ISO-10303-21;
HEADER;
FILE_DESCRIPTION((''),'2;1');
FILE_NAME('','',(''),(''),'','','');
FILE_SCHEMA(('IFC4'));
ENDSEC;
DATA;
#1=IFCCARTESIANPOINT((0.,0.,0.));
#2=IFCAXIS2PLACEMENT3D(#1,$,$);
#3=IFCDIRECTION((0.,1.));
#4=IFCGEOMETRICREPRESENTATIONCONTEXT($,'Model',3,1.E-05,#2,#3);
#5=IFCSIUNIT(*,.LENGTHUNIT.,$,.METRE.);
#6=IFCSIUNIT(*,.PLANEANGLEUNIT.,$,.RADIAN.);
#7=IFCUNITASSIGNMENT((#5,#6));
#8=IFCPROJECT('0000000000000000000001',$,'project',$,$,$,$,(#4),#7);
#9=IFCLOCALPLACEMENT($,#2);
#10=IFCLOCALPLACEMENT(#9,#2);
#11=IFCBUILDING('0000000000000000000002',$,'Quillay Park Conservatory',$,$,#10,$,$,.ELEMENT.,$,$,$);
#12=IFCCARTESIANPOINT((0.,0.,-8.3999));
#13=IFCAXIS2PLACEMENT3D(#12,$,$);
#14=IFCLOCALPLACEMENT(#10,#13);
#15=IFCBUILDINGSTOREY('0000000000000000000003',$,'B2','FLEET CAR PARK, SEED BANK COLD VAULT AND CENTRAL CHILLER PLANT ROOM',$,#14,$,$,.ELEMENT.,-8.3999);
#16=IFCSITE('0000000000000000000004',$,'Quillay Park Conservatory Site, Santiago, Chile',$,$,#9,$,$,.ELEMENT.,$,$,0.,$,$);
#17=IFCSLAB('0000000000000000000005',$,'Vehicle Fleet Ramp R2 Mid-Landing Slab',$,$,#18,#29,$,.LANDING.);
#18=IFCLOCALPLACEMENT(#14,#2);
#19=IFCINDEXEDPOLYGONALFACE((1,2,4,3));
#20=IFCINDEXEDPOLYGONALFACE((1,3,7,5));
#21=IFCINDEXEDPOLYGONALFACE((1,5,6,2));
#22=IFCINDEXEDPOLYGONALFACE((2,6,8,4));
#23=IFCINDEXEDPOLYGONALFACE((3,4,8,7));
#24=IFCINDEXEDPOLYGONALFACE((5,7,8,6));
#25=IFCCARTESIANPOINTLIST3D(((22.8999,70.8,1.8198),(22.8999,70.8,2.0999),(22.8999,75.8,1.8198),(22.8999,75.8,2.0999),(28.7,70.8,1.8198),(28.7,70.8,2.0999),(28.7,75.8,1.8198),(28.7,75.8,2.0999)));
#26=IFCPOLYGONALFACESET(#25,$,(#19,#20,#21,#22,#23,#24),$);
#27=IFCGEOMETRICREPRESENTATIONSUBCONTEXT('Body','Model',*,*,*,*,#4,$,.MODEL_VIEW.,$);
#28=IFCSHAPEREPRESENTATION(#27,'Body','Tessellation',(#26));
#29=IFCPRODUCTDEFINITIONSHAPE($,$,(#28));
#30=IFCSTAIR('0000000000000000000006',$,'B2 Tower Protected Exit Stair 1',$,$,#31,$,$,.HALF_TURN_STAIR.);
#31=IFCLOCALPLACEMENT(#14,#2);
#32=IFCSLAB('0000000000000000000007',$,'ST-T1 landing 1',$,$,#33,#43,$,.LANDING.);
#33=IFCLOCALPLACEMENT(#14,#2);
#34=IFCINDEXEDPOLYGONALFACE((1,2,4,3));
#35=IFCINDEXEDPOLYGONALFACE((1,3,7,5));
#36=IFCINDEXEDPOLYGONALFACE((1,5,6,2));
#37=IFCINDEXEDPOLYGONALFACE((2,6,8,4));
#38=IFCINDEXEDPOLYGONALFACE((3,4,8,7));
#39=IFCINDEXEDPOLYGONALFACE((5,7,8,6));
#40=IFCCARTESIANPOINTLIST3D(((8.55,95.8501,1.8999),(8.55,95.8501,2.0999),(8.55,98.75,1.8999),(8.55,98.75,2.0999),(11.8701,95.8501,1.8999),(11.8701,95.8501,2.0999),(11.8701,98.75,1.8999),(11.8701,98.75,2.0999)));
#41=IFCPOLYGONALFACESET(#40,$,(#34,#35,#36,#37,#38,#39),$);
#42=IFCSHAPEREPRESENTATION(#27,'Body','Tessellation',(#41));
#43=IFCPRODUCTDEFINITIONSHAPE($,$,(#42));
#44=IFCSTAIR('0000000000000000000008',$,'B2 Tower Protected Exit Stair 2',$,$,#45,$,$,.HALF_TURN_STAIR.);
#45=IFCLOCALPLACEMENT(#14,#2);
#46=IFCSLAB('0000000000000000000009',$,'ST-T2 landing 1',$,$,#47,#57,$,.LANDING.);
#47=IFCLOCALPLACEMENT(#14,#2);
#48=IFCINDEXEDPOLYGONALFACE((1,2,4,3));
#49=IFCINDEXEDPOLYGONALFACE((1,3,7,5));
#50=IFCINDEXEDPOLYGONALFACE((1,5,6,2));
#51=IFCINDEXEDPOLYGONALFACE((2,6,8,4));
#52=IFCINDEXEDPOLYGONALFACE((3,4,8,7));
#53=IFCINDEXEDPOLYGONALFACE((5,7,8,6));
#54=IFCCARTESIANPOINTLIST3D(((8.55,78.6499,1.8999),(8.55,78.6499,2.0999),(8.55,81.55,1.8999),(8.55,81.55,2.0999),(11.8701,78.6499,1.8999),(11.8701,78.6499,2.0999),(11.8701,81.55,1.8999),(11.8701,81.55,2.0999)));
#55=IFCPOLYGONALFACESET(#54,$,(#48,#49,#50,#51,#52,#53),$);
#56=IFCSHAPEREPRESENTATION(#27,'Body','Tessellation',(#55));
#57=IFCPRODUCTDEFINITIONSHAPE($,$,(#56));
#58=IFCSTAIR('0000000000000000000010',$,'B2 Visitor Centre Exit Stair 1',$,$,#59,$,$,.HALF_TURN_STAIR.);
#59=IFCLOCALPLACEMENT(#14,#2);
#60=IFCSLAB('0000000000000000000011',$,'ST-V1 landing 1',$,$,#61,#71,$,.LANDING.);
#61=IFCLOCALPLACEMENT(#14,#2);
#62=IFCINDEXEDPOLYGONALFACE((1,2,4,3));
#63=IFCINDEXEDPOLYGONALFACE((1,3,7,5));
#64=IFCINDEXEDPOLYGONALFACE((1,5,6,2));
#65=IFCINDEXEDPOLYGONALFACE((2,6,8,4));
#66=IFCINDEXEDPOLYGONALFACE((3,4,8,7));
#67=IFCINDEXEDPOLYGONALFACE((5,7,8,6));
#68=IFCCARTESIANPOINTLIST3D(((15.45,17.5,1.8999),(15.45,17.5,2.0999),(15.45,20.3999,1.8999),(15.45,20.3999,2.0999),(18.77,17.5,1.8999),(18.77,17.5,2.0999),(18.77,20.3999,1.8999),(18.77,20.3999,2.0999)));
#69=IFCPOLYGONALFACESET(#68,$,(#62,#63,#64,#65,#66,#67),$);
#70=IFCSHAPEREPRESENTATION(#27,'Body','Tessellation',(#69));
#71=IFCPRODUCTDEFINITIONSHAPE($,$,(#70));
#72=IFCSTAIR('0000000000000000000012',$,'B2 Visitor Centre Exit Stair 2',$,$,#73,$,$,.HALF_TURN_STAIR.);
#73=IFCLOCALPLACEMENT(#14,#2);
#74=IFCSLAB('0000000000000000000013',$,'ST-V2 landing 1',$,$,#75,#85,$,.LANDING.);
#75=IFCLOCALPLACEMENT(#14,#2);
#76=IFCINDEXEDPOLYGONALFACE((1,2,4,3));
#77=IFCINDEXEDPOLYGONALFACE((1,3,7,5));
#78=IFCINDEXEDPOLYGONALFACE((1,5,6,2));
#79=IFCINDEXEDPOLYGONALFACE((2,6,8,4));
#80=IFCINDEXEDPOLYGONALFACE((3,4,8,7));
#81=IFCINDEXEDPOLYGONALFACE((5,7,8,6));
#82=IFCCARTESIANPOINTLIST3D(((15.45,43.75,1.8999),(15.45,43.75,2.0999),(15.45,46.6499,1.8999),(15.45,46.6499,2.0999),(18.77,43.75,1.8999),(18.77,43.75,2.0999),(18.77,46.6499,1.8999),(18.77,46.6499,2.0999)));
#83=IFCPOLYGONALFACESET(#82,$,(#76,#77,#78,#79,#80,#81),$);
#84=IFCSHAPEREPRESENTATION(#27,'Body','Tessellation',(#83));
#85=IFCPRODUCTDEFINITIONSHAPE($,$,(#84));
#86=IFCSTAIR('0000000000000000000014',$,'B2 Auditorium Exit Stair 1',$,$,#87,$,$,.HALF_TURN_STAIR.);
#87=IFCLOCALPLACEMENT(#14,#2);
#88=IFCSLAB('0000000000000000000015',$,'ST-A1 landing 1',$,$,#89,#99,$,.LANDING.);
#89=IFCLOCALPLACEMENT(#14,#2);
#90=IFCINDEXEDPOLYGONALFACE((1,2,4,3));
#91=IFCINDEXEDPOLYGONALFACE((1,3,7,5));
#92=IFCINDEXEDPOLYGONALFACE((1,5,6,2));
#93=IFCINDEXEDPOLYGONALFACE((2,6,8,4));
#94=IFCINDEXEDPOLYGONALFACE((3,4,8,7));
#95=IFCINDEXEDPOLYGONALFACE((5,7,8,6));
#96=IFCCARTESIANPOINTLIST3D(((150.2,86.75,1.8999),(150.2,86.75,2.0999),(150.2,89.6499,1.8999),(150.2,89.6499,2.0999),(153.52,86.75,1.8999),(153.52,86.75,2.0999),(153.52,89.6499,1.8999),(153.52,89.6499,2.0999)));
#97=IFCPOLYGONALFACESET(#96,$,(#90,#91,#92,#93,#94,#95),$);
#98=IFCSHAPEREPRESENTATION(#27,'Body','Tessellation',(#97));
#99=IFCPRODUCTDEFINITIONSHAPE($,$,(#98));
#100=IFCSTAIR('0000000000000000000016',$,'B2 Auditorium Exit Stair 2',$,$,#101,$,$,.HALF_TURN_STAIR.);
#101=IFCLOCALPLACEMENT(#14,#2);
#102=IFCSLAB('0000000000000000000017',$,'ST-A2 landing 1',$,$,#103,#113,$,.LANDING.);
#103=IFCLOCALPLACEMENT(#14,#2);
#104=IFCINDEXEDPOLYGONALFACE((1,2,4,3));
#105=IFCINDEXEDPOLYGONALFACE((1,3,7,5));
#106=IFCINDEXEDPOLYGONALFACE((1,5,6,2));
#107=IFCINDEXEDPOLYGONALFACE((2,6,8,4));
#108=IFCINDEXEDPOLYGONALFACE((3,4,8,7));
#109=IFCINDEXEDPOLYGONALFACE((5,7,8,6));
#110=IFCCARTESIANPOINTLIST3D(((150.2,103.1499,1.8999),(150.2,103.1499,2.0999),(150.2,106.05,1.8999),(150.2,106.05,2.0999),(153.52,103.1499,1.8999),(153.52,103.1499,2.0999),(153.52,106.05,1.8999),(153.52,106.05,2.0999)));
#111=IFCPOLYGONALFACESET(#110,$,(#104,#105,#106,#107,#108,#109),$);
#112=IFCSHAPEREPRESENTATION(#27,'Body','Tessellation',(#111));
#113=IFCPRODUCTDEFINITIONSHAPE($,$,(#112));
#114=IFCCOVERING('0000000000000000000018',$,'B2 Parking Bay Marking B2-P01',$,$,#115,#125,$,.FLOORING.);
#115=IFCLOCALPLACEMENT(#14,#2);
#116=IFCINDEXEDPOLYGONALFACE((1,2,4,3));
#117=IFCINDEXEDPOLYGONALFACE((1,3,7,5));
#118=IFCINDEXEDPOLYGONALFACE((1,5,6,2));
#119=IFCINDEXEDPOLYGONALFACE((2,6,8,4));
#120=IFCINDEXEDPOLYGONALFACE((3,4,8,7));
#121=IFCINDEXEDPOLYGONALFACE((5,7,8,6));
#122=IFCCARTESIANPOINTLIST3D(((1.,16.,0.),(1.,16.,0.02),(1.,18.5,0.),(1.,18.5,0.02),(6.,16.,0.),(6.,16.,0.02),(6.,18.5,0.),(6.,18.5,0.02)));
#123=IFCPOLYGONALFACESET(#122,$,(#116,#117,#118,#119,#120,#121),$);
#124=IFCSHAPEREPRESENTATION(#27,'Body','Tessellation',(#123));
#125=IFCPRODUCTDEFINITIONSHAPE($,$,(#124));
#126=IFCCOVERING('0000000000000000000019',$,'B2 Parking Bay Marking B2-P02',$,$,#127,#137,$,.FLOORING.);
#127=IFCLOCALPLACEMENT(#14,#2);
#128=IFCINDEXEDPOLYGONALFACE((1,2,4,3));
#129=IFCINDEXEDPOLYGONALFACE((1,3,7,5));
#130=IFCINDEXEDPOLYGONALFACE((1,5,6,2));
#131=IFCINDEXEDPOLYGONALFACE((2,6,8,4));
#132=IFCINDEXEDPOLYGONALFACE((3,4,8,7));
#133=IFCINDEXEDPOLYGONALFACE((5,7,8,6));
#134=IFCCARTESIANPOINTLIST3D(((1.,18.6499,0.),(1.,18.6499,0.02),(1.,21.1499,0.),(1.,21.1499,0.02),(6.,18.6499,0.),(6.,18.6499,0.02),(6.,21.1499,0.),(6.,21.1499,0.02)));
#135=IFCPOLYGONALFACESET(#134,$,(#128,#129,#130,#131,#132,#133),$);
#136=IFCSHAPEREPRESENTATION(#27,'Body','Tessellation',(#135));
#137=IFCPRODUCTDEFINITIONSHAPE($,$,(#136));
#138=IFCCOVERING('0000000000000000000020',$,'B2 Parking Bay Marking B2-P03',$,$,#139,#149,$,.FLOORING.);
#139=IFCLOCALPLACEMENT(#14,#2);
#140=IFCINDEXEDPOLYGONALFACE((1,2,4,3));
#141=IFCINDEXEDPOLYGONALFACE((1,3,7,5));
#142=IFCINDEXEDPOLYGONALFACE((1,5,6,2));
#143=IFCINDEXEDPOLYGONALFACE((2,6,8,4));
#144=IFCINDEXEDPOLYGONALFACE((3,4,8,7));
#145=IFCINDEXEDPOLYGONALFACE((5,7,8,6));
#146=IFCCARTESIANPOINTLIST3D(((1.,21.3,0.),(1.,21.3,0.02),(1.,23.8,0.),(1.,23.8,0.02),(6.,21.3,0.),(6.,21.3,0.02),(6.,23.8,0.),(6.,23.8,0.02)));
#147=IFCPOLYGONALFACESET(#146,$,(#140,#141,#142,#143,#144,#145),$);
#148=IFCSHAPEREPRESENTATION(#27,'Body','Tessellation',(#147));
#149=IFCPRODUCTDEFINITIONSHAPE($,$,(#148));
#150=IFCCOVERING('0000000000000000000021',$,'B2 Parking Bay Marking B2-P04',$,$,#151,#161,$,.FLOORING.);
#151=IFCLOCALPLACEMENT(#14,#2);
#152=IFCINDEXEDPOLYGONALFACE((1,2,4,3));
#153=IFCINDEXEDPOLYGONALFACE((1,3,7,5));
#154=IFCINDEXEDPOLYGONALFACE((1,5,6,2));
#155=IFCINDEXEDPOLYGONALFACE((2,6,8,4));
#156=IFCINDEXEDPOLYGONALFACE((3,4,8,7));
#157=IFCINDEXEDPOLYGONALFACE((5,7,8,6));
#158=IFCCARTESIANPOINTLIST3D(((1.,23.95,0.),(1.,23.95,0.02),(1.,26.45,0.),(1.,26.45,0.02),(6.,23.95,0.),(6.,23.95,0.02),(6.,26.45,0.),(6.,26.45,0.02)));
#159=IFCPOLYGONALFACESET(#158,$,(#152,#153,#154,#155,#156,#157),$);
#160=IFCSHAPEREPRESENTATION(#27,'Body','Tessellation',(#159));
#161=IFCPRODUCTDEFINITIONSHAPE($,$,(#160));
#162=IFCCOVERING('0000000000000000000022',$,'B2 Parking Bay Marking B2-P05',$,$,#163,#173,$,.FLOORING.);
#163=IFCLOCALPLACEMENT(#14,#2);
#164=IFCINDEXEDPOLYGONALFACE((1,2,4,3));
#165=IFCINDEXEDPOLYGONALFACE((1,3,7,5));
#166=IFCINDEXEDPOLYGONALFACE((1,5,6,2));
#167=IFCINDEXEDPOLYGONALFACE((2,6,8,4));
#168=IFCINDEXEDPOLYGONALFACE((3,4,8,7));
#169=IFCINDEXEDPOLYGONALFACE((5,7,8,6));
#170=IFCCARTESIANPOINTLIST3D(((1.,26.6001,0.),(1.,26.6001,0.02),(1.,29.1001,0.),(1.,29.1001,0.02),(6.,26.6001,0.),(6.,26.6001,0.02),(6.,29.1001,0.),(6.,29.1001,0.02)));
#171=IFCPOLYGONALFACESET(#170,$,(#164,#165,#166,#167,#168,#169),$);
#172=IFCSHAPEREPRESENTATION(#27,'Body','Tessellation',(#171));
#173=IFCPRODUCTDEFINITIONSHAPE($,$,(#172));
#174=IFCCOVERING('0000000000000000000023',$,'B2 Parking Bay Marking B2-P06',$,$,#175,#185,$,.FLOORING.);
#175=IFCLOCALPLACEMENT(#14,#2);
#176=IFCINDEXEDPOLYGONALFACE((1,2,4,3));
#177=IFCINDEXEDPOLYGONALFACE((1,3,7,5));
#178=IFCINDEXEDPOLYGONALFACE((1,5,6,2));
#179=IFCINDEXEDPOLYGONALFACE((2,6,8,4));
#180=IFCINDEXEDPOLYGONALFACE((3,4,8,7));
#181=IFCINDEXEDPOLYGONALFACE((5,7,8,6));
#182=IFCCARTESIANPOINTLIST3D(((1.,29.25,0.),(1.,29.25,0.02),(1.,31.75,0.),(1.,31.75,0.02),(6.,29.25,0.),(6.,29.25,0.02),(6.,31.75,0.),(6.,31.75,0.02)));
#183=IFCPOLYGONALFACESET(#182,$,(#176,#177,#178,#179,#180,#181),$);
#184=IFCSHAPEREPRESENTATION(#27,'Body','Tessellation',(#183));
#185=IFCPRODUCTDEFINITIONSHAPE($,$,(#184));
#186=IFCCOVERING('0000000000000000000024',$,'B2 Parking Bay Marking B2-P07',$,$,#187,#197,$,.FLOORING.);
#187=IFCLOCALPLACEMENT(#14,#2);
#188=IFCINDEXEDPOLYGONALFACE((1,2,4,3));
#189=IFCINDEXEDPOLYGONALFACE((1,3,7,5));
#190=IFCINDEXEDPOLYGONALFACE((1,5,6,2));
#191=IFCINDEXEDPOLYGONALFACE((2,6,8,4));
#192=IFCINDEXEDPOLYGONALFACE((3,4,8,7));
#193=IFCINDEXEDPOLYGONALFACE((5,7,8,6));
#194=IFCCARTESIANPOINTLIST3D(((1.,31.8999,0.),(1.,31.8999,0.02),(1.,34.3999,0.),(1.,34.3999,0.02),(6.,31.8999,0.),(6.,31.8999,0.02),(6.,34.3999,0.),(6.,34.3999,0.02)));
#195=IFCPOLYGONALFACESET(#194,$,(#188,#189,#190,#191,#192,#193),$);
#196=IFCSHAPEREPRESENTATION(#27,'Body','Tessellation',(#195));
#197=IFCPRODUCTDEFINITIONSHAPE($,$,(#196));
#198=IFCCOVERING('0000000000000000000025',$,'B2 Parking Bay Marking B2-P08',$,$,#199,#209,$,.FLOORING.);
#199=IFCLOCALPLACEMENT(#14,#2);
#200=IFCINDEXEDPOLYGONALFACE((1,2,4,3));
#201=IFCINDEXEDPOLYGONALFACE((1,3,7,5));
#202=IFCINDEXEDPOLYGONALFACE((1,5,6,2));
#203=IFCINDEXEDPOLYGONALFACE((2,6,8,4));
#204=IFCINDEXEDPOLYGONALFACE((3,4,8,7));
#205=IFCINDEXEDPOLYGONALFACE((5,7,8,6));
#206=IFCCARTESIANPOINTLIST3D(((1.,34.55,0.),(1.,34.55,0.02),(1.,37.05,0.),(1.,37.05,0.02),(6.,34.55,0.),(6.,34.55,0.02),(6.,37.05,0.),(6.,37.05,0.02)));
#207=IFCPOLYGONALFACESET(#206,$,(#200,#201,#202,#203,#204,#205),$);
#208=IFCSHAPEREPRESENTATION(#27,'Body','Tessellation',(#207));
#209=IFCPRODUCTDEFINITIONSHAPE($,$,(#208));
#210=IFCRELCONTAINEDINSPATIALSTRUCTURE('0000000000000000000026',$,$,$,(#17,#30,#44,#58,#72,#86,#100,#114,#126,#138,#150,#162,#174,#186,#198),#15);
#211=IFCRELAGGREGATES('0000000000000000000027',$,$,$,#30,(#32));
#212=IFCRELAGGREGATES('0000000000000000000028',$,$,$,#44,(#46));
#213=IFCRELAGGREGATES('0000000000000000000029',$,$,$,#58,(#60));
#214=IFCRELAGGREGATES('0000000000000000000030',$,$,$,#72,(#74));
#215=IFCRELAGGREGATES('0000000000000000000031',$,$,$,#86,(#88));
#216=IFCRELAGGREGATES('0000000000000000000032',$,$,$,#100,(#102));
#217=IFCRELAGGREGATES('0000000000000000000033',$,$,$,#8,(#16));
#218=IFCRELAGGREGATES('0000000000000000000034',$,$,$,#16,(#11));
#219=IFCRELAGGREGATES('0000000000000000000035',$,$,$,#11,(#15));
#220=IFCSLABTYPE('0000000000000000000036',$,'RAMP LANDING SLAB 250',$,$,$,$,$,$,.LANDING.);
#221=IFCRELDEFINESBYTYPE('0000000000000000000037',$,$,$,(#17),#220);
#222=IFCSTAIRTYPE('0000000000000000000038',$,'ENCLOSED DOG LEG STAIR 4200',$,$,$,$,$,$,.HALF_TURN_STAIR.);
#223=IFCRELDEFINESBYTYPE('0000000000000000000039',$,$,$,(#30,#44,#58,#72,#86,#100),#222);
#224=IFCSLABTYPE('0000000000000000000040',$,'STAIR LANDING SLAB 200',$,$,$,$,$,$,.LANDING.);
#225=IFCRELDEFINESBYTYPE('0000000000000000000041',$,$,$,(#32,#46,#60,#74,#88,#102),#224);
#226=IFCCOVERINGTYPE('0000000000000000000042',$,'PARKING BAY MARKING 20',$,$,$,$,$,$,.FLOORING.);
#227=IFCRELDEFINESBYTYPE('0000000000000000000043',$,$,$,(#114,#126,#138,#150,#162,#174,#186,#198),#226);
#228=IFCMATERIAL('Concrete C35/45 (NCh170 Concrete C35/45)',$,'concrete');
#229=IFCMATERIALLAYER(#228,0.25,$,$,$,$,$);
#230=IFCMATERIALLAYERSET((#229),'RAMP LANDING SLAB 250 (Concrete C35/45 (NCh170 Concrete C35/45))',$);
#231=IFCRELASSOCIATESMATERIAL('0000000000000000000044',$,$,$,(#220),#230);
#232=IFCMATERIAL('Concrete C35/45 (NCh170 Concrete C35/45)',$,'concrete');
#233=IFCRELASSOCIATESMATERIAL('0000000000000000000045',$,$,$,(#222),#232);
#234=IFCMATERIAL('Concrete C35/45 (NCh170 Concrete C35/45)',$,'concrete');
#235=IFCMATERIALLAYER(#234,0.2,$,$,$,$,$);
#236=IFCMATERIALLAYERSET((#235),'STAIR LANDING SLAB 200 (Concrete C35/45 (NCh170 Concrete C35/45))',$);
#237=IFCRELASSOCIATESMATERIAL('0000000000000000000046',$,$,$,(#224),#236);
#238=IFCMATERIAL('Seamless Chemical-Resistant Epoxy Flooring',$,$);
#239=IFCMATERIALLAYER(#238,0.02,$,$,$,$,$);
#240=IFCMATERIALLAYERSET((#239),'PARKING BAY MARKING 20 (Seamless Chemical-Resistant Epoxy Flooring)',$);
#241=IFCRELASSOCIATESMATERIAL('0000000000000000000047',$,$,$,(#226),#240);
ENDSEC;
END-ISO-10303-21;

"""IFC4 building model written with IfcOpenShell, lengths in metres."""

from ifc_helpers import new_model, si_unit, direction, frame, origin, place, context, subcontext, project, spatial, polyline, outline, extrude, material, layer, layer_set, type_object, element, aggregate, save


model = new_model("IFC4")

# Units and contexts
model_context = context("Model", 3, precision=1e-05, world=origin(), true_north=direction((0.0, 1.0)))
body_context = subcontext(model_context, "Body", "Model", "MODEL_VIEW")
ifc_project = project(units=[si_unit("LENGTHUNIT", "METRE"), si_unit("PLANEANGLEUNIT", "RADIAN")], contexts=[model_context])

# Site, building, storey
site_placement = place(None, origin())
site = spatial("IfcSite", under=ifc_project, at=site_placement, Name="Quillay Park Conservatory Site, Santiago, Chile", CompositionType="ELEMENT", RefElevation=0.0)
building_placement = place(site_placement, origin())
building = spatial("IfcBuilding", under=site, at=building_placement, Name="Quillay Park Conservatory", CompositionType="ELEMENT")
storey_placement = place(building_placement, frame((0.0, 0.0, -8.3999)))
storey = spatial("IfcBuildingStorey", under=building, at=storey_placement, Name="B2", Description="FLEET CAR PARK, SEED BANK COLD VAULT AND CENTRAL CHILLER PLANT ROOM", CompositionType="ELEMENT", Elevation=-8.3999)

# Slab
ifc_material_1 = material(Name="Concrete C35/45 (NCh170 Concrete C35/45)", Category="concrete")
ifc_layer_1 = layer(ifc_material_1, 0.25)
ifc_layer_set_1 = layer_set([ifc_layer_1], Name="RAMP LANDING SLAB 250 (Concrete C35/45 (NCh170 Concrete C35/45))")
slab_type_1 = type_object("IfcSlabType", Name="RAMP LANDING SLAB 250", PredefinedType="LANDING", material=ifc_layer_set_1)
slab_1_placement = place(storey_placement, frame((0.0, 0.0, 1.8198)))
element("IfcSlab", 1, at=slab_1_placement, inside=storey, type_object=slab_type_1, Name="Vehicle Fleet Ramp R2 Mid-Landing Slab", PredefinedType="LANDING", context=body_context, shape_type="SweptSolid", body=[
    extrude(outline(polyline([(22.8999, 70.8), (28.7, 70.8), (28.7, 75.8), (22.8999, 75.8), (22.8999, 70.8)])), origin(), (0.0, 0.0, 1.0), 0.28),
])

# Stairs, slabs
ifc_material_2 = material(Name="Concrete C35/45 (NCh170 Concrete C35/45)", Category="concrete")
stair_type = type_object("IfcStairType", Name="ENCLOSED DOG LEG STAIR 4200", PredefinedType="HALF_TURN_STAIR", material=ifc_material_2)
stair_1_placement = place(storey_placement, origin())
stair_1 = element("IfcStair", 2, at=stair_1_placement, inside=storey, type_object=stair_type, Name="B2 Tower Protected Exit Stair 1", PredefinedType="HALF_TURN_STAIR")
ifc_material_3 = material(Name="Concrete C35/45 (NCh170 Concrete C35/45)", Category="concrete")
ifc_layer_2 = layer(ifc_material_3, 0.2)
ifc_layer_set_2 = layer_set([ifc_layer_2], Name="STAIR LANDING SLAB 200 (Concrete C35/45 (NCh170 Concrete C35/45))")
slab_type_2 = type_object("IfcSlabType", Name="STAIR LANDING SLAB 200", PredefinedType="LANDING", material=ifc_layer_set_2)
slab_2_placement = place(storey_placement, frame((0.0, 0.0, 1.8999)))
slab_2 = element("IfcSlab", 3, at=slab_2_placement, type_object=slab_type_2, Name="ST-T1 landing 1", PredefinedType="LANDING", context=body_context, shape_type="SweptSolid", body=[
    extrude(outline(polyline([(11.8701, 95.8501), (11.8701, 98.75), (8.55, 98.75), (8.55, 95.8501), (11.8701, 95.8501)])), origin(), (0.0, 0.0, 1.0), 0.2),
])
aggregate(stair_1, [slab_2])
stair_2_placement = place(storey_placement, origin())
stair_2 = element("IfcStair", 4, at=stair_2_placement, inside=storey, type_object=stair_type, Name="B2 Tower Protected Exit Stair 2", PredefinedType="HALF_TURN_STAIR")
slab_3_placement = place(storey_placement, frame((0.0, 0.0, 1.8999)))
slab_3 = element("IfcSlab", 5, at=slab_3_placement, type_object=slab_type_2, Name="ST-T2 landing 1", PredefinedType="LANDING", context=body_context, shape_type="SweptSolid", body=[
    extrude(outline(polyline([(8.55, 81.55), (8.55, 78.6499), (11.8701, 78.6499), (11.8701, 81.55), (8.55, 81.55)])), origin(), (0.0, 0.0, 1.0), 0.2),
])
aggregate(stair_2, [slab_3])
stair_3_placement = place(storey_placement, origin())
stair_3 = element("IfcStair", 6, at=stair_3_placement, inside=storey, type_object=stair_type, Name="B2 Visitor Centre Exit Stair 1", PredefinedType="HALF_TURN_STAIR")
slab_4_placement = place(storey_placement, frame((0.0, 0.0, 1.8999)))
slab_4 = element("IfcSlab", 7, at=slab_4_placement, type_object=slab_type_2, Name="ST-V1 landing 1", PredefinedType="LANDING", context=body_context, shape_type="SweptSolid", body=[
    extrude(outline(polyline([(15.45, 20.3999), (15.45, 17.5), (18.77, 17.5), (18.77, 20.3999), (15.45, 20.3999)])), origin(), (0.0, 0.0, 1.0), 0.2),
])
aggregate(stair_3, [slab_4])
stair_4_placement = place(storey_placement, origin())
stair_4 = element("IfcStair", 8, at=stair_4_placement, inside=storey, type_object=stair_type, Name="B2 Visitor Centre Exit Stair 2", PredefinedType="HALF_TURN_STAIR")
slab_5_placement = place(storey_placement, frame((0.0, 0.0, 1.8999)))
slab_5 = element("IfcSlab", 9, at=slab_5_placement, type_object=slab_type_2, Name="ST-V2 landing 1", PredefinedType="LANDING", context=body_context, shape_type="SweptSolid", body=[
    extrude(outline(polyline([(18.77, 43.75), (18.77, 46.6499), (15.45, 46.6499), (15.45, 43.75), (18.77, 43.75)])), origin(), (0.0, 0.0, 1.0), 0.2),
])
aggregate(stair_4, [slab_5])
stair_5_placement = place(storey_placement, origin())
stair_5 = element("IfcStair", 10, at=stair_5_placement, inside=storey, type_object=stair_type, Name="B2 Auditorium Exit Stair 1", PredefinedType="HALF_TURN_STAIR")
slab_6_placement = place(storey_placement, frame((0.0, 0.0, 1.8999)))
slab_6 = element("IfcSlab", 11, at=slab_6_placement, type_object=slab_type_2, Name="ST-A1 landing 1", PredefinedType="LANDING", context=body_context, shape_type="SweptSolid", body=[
    extrude(outline(polyline([(150.2, 89.6499), (150.2, 86.75), (153.52, 86.75), (153.52, 89.6499), (150.2, 89.6499)])), origin(), (0.0, 0.0, 1.0), 0.2),
])
aggregate(stair_5, [slab_6])
stair_6_placement = place(storey_placement, origin())
stair_6 = element("IfcStair", 12, at=stair_6_placement, inside=storey, type_object=stair_type, Name="B2 Auditorium Exit Stair 2", PredefinedType="HALF_TURN_STAIR")
slab_7_placement = place(storey_placement, frame((0.0, 0.0, 1.8999)))
slab_7 = element("IfcSlab", 13, at=slab_7_placement, type_object=slab_type_2, Name="ST-A2 landing 1", PredefinedType="LANDING", context=body_context, shape_type="SweptSolid", body=[
    extrude(outline(polyline([(153.52, 103.1499), (153.52, 106.05), (150.2, 106.05), (150.2, 103.1499), (153.52, 103.1499)])), origin(), (0.0, 0.0, 1.0), 0.2),
])
aggregate(stair_6, [slab_7])

# Coverings
ifc_material_4 = material(Name="Seamless Chemical-Resistant Epoxy Flooring")
ifc_layer_3 = layer(ifc_material_4, 0.02)
ifc_layer_set_3 = layer_set([ifc_layer_3], Name="PARKING BAY MARKING 20 (Seamless Chemical-Resistant Epoxy Flooring)")
covering_type = type_object("IfcCoveringType", Name="PARKING BAY MARKING 20", PredefinedType="FLOORING", material=ifc_layer_set_3)
covering_1_placement = place(storey_placement, origin())
element("IfcCovering", 14, at=covering_1_placement, inside=storey, type_object=covering_type, Name="B2 Parking Bay Marking B2-P01", PredefinedType="FLOORING", context=body_context, shape_type="SweptSolid", body=[
    extrude(outline(polyline([(1.0, 16.0), (6.0, 16.0), (6.0, 18.5), (1.0, 18.5), (1.0, 16.0)])), origin(), (0.0, 0.0, 1.0), 0.02),
])
covering_2_placement = place(storey_placement, origin())
element("IfcCovering", 15, at=covering_2_placement, inside=storey, type_object=covering_type, Name="B2 Parking Bay Marking B2-P02", PredefinedType="FLOORING", context=body_context, shape_type="SweptSolid", body=[
    extrude(outline(polyline([(1.0, 18.6499), (6.0, 18.6499), (6.0, 21.1499), (1.0, 21.1499), (1.0, 18.6499)])), origin(), (0.0, 0.0, 1.0), 0.02),
])
covering_3_placement = place(storey_placement, origin())
element("IfcCovering", 16, at=covering_3_placement, inside=storey, type_object=covering_type, Name="B2 Parking Bay Marking B2-P03", PredefinedType="FLOORING", context=body_context, shape_type="SweptSolid", body=[
    extrude(outline(polyline([(1.0, 21.3), (6.0, 21.3), (6.0, 23.8), (1.0, 23.8), (1.0, 21.3)])), origin(), (0.0, 0.0, 1.0), 0.02),
])
covering_4_placement = place(storey_placement, origin())
element("IfcCovering", 17, at=covering_4_placement, inside=storey, type_object=covering_type, Name="B2 Parking Bay Marking B2-P04", PredefinedType="FLOORING", context=body_context, shape_type="SweptSolid", body=[
    extrude(outline(polyline([(1.0, 23.95), (6.0, 23.95), (6.0, 26.45), (1.0, 26.45), (1.0, 23.95)])), origin(), (0.0, 0.0, 1.0), 0.02),
])
covering_5_placement = place(storey_placement, origin())
element("IfcCovering", 18, at=covering_5_placement, inside=storey, type_object=covering_type, Name="B2 Parking Bay Marking B2-P05", PredefinedType="FLOORING", context=body_context, shape_type="SweptSolid", body=[
    extrude(outline(polyline([(1.0, 26.6001), (6.0, 26.6001), (6.0, 29.1001), (1.0, 29.1001), (1.0, 26.6001)])), origin(), (0.0, 0.0, 1.0), 0.02),
])
covering_6_placement = place(storey_placement, origin())
element("IfcCovering", 19, at=covering_6_placement, inside=storey, type_object=covering_type, Name="B2 Parking Bay Marking B2-P06", PredefinedType="FLOORING", context=body_context, shape_type="SweptSolid", body=[
    extrude(outline(polyline([(1.0, 29.25), (6.0, 29.25), (6.0, 31.75), (1.0, 31.75), (1.0, 29.25)])), origin(), (0.0, 0.0, 1.0), 0.02),
])
covering_7_placement = place(storey_placement, origin())
element("IfcCovering", 20, at=covering_7_placement, inside=storey, type_object=covering_type, Name="B2 Parking Bay Marking B2-P07", PredefinedType="FLOORING", context=body_context, shape_type="SweptSolid", body=[
    extrude(outline(polyline([(1.0, 31.8999), (6.0, 31.8999), (6.0, 34.3999), (1.0, 34.3999), (1.0, 31.8999)])), origin(), (0.0, 0.0, 1.0), 0.02),
])
covering_8_placement = place(storey_placement, origin())
element("IfcCovering", 21, at=covering_8_placement, inside=storey, type_object=covering_type, Name="B2 Parking Bay Marking B2-P08", PredefinedType="FLOORING", context=body_context, shape_type="SweptSolid", body=[
    extrude(outline(polyline([(1.0, 34.55), (6.0, 34.55), (6.0, 37.05), (1.0, 37.05), (1.0, 34.55)])), origin(), (0.0, 0.0, 1.0), 0.02),
])

save(model, "model.ifc")
